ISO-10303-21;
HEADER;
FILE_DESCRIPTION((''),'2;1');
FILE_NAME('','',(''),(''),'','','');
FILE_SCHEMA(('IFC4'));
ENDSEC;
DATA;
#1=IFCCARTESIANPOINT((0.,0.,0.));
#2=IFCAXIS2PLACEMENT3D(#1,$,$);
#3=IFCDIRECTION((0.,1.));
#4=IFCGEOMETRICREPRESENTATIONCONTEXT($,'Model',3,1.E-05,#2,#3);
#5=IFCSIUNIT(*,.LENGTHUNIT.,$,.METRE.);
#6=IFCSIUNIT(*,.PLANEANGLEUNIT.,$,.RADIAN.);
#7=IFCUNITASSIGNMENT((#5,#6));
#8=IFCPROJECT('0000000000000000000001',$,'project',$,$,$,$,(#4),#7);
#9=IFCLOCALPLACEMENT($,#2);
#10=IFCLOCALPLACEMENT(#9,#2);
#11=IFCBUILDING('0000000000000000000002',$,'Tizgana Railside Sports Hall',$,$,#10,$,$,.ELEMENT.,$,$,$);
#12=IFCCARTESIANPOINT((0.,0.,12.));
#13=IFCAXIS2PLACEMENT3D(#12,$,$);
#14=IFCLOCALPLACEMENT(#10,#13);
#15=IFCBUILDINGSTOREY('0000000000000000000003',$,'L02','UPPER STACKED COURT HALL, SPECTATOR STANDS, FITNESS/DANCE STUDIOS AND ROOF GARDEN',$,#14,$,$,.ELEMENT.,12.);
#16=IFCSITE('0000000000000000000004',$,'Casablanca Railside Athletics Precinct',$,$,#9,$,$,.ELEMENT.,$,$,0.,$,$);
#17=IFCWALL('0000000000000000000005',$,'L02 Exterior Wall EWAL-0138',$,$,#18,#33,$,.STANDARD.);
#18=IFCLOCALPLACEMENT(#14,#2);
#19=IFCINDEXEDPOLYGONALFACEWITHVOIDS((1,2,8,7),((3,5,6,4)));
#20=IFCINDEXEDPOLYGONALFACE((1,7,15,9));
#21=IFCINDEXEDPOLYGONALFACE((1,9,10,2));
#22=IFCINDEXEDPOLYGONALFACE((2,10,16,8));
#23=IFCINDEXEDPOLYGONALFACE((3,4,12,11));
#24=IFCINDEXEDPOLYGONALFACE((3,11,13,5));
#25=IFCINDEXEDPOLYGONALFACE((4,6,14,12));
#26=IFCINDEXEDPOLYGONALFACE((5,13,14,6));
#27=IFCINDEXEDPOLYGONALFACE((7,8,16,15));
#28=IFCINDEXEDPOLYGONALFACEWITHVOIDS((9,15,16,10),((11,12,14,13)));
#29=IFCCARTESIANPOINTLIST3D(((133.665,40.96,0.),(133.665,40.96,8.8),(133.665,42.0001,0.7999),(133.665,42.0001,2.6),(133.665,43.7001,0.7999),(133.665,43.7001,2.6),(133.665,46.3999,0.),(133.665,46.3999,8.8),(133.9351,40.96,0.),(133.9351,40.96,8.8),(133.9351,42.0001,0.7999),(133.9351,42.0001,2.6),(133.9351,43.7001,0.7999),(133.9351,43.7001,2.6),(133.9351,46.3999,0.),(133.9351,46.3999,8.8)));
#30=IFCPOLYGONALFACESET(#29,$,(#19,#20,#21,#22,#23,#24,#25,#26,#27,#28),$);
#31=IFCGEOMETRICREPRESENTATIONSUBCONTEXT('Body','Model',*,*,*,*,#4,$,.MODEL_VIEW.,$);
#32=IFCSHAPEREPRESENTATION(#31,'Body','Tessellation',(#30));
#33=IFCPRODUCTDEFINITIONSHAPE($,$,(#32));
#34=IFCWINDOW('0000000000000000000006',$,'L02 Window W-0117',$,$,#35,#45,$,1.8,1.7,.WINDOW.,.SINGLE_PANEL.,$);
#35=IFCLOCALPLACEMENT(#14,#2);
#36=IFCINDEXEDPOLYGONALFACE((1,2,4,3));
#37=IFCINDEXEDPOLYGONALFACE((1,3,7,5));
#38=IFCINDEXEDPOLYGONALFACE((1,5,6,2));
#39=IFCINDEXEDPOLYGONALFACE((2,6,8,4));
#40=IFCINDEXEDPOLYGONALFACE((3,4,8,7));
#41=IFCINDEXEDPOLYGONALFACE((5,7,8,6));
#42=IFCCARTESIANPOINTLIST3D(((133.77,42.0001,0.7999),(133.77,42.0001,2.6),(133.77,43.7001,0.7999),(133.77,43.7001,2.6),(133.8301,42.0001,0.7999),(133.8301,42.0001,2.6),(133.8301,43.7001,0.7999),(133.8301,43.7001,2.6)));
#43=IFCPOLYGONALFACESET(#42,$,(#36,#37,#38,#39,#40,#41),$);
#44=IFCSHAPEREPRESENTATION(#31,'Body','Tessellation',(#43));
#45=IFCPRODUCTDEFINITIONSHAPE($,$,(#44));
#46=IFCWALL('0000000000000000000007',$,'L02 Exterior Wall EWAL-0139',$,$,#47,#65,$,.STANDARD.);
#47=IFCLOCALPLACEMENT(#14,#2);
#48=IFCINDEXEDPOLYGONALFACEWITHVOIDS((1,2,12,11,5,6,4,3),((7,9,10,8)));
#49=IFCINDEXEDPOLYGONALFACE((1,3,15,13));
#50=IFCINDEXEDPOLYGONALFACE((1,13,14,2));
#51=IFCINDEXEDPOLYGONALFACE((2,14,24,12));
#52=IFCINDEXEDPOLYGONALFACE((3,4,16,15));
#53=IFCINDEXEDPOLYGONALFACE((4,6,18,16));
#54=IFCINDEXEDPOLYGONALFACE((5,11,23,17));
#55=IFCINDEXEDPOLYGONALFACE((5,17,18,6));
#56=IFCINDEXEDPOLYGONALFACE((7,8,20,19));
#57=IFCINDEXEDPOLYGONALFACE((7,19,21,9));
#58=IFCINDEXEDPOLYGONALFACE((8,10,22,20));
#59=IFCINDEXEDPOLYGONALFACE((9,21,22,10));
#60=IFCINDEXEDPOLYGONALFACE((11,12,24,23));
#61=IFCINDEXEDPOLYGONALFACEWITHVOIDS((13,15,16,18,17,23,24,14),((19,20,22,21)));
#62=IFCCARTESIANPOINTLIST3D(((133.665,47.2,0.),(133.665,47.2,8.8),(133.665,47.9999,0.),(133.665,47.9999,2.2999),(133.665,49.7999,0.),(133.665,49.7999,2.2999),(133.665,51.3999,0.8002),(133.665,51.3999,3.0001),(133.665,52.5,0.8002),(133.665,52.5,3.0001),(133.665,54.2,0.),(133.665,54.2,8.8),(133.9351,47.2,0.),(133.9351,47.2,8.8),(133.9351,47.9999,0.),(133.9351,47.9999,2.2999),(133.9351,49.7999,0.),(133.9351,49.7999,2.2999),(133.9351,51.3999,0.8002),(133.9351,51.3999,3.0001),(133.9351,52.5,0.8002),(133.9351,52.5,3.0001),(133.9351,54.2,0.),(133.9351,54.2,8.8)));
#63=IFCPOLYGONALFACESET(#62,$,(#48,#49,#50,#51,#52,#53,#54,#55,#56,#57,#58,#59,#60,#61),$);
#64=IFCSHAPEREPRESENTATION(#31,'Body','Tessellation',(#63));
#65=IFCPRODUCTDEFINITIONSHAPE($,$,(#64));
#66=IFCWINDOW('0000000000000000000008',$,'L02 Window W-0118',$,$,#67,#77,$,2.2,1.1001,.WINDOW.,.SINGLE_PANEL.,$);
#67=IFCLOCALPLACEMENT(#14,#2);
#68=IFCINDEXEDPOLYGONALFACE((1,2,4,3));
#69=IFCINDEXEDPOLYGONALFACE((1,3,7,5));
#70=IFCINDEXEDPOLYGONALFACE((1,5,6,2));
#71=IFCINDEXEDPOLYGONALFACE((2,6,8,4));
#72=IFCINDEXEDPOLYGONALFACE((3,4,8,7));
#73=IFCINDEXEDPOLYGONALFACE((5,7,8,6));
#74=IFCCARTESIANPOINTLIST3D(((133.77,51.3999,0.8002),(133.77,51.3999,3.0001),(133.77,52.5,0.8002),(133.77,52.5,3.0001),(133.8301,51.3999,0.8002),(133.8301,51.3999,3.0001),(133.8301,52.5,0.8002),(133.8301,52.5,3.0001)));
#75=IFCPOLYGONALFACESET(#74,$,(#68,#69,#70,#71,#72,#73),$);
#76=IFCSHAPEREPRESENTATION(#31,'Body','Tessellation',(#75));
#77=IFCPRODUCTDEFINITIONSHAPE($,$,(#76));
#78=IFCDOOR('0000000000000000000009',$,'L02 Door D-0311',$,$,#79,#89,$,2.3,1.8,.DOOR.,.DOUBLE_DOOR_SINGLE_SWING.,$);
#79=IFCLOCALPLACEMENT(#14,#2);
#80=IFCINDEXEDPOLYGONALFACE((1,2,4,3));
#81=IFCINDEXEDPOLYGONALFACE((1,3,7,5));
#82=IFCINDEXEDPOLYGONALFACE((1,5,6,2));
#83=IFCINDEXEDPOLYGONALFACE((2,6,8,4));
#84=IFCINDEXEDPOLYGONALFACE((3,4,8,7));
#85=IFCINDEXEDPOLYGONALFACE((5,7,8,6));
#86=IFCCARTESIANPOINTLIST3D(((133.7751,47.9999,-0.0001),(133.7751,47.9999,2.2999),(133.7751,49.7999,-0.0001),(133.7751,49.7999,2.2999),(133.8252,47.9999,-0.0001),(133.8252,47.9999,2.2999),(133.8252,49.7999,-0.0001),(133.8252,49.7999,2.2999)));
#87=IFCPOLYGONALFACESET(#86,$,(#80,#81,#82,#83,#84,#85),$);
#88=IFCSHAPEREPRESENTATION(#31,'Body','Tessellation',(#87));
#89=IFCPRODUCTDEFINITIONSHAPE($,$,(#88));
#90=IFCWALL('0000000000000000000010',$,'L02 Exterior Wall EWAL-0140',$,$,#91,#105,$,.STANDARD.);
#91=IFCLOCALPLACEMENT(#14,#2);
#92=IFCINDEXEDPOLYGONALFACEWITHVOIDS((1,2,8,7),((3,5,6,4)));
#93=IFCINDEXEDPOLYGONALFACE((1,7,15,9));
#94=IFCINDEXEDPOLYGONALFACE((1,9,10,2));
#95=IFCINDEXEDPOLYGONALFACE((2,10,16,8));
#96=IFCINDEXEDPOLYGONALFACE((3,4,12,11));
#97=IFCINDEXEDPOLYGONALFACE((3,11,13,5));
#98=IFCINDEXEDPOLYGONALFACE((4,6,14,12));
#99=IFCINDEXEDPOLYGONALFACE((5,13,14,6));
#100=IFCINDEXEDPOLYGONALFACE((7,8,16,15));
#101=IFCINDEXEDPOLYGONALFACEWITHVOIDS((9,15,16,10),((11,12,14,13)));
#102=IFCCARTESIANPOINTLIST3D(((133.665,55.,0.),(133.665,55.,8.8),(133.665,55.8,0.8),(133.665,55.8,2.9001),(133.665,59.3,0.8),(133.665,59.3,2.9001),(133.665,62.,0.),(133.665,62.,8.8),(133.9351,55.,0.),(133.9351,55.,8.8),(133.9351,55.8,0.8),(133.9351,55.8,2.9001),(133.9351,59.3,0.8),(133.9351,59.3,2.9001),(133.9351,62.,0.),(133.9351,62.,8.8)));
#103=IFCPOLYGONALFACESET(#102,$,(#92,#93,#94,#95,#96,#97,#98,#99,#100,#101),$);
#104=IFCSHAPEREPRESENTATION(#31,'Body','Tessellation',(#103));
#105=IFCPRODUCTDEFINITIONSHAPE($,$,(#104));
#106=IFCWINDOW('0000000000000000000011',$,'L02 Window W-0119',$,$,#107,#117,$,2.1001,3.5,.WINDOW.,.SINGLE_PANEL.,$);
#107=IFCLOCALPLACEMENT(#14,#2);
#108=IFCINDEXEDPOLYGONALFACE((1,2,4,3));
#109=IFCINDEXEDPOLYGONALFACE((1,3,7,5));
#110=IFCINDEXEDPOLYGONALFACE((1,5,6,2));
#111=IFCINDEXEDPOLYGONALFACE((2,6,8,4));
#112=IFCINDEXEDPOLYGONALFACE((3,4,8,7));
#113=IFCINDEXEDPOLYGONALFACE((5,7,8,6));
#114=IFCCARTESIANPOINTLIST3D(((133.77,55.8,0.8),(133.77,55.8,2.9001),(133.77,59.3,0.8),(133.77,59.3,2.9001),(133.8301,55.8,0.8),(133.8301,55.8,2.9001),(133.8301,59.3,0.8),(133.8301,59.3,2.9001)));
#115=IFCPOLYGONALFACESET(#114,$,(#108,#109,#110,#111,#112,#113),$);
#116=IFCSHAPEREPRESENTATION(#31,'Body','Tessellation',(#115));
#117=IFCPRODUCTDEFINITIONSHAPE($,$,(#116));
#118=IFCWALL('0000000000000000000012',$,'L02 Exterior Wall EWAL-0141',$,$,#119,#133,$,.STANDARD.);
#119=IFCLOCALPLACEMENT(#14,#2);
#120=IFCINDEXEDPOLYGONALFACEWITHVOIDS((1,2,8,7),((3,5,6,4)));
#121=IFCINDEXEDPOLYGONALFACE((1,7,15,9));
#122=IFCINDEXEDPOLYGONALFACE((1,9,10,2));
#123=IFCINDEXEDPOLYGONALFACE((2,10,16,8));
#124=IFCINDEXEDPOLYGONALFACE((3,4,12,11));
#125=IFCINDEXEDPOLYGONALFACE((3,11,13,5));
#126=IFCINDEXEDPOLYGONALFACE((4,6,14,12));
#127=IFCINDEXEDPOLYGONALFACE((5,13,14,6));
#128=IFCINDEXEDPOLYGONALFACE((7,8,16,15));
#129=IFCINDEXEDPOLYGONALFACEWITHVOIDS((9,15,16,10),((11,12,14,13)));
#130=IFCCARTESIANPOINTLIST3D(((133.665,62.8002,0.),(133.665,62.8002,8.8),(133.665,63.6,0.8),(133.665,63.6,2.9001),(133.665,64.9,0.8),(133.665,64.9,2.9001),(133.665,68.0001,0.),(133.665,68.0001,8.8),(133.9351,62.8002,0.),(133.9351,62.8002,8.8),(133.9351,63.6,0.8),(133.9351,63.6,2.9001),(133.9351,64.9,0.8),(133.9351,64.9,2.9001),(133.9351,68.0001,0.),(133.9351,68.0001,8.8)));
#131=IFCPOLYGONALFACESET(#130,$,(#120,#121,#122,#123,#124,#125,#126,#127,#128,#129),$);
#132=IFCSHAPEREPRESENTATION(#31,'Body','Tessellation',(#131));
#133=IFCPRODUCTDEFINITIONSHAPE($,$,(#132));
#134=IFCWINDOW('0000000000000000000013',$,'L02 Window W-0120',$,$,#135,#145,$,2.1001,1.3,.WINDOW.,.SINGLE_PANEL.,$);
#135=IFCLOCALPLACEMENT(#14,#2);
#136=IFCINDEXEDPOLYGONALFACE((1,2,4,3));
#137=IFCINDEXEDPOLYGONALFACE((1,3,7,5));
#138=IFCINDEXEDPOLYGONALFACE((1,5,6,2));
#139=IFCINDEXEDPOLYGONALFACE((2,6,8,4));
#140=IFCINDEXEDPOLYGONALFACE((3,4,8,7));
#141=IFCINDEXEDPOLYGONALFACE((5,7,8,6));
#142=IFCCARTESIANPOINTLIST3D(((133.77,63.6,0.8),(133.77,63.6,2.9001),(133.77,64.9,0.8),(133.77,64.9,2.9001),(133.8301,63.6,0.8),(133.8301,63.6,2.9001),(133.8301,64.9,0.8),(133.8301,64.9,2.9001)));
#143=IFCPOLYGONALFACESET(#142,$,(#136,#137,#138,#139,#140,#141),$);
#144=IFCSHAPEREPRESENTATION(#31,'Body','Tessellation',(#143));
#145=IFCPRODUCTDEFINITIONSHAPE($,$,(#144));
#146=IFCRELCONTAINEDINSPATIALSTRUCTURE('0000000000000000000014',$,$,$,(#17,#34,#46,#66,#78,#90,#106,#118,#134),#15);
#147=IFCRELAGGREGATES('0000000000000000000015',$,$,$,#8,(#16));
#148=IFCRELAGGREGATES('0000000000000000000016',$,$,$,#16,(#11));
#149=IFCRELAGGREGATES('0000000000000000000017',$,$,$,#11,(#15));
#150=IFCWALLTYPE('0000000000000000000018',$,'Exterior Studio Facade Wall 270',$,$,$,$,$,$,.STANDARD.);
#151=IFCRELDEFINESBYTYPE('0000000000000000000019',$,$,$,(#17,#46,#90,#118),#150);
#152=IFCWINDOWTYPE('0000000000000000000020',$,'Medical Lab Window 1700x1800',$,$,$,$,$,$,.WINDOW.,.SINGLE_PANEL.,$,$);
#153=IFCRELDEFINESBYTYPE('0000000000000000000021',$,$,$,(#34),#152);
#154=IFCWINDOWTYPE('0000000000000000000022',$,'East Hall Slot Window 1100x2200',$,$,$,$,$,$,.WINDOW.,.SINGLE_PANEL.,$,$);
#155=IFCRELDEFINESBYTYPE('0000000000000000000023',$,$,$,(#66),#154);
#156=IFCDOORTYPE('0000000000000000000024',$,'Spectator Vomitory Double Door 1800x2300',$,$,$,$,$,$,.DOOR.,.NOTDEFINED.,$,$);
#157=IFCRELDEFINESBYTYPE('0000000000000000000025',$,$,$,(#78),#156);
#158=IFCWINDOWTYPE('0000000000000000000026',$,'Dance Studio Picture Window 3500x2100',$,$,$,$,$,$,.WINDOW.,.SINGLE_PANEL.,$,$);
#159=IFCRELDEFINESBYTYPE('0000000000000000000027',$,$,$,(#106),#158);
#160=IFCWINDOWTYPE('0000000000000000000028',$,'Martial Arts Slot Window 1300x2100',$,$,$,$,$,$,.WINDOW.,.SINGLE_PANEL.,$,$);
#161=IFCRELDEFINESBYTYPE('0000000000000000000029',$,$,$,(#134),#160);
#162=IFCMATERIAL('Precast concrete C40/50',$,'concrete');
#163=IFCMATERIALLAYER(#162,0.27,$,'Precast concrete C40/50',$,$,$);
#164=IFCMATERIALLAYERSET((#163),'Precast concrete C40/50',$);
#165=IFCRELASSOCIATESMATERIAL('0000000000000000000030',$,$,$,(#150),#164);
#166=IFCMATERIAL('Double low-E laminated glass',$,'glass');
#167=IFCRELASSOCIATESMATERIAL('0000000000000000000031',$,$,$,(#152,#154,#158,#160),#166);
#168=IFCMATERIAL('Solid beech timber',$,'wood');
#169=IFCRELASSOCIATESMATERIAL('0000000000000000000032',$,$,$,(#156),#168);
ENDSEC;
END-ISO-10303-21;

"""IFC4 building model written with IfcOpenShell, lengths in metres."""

from ifc_helpers import new_model, si_unit, direction, frame, frame_2d, origin, place, context, subcontext, project, spatial, rectangle, extrude, material, layer, layer_set, type_object, element, fill, save


model = new_model("IFC4")

# Units and contexts
model_context = context("Model", 3, precision=1e-05, world=origin(), true_north=direction((0.0, 1.0)))
body_context = subcontext(model_context, "Body", "Model", "MODEL_VIEW")
ifc_project = project(units=[si_unit("LENGTHUNIT", "METRE"), si_unit("PLANEANGLEUNIT", "RADIAN")], contexts=[model_context])

# Site, building, storey
site_placement = place(None, origin())
site = spatial("IfcSite", under=ifc_project, at=site_placement, Name="Casablanca Railside Athletics Precinct", CompositionType="ELEMENT", RefElevation=0.0)
building_placement = place(site_placement, origin())
building = spatial("IfcBuilding", under=site, at=building_placement, Name="Tizgana Railside Sports Hall", CompositionType="ELEMENT")
storey_placement = place(building_placement, frame((0.0, 0.0, 12.0)))
storey = spatial("IfcBuildingStorey", under=building, at=storey_placement, Name="L02", Description="UPPER STACKED COURT HALL, SPECTATOR STANDS, FITNESS/DANCE STUDIOS AND ROOF GARDEN", CompositionType="ELEMENT", Elevation=12.0)

# Shared definitions
ifc_material_1 = material(Name="Precast concrete C40/50", Category="concrete")

# Wall, opening, window
ifc_layer_1 = layer(ifc_material_1, 0.27, Name="Precast concrete C40/50")
ifc_layer_set_1 = layer_set([ifc_layer_1], Name="Precast concrete C40/50")
wall_type_1 = type_object("IfcWallType", Name="Exterior Studio Facade Wall 270", PredefinedType="STANDARD", material=ifc_layer_set_1)
wall_1_placement = place(storey_placement, frame((133.8, 40.96, 0.0), z_axis=(0.0, 0.0, 1.0), x_axis=(0.0, 1.0, 0.0)))
wall_1 = element("IfcWall", 1, at=wall_1_placement, inside=storey, type_object=wall_type_1, Name="L02 Exterior Wall EWAL-0138", PredefinedType="STANDARD", context=body_context, shape_type="SweptSolid", body=[
    extrude(rectangle(XDim=5.4399, YDim=0.27, at=frame_2d((2.72, 0.0))), origin(), (0.0, 0.0, 1.0), 8.8),
])
opening_1_placement = place(wall_1_placement, frame((1.04, 0.0, 0.8)))
opening_1 = element("IfcOpeningElement", 2, at=opening_1_placement, cuts=wall_1, PredefinedType="OPENING", context=body_context, shape_type="SweptSolid", body=[
    extrude(rectangle(XDim=1.7, YDim=1.8, at=frame_2d((0.8501, 0.8999))), frame((0.0, 0.145, 0.0), z_axis=(0.0, -1.0, 0.0), x_axis=(1.0, 0.0, 0.0)), (0.0, 0.0, 1.0), 0.29),
])
ifc_material_2 = material(Name="Double low-E laminated glass", Category="glass")
window_type_1 = type_object("IfcWindowType", Name="Medical Lab Window 1700x1800", PartitioningType="SINGLE_PANEL", PredefinedType="WINDOW", material=ifc_material_2)
window_1_placement = place(opening_1_placement, origin())
window_1 = element("IfcWindow", 3, at=window_1_placement, inside=storey, type_object=window_type_1, Name="L02 Window W-0117", OverallHeight=1.8, OverallWidth=1.7, PartitioningType="SINGLE_PANEL", PredefinedType="WINDOW", context=body_context, shape_type="SweptSolid", body=[
    extrude(rectangle(XDim=1.7, YDim=1.8, at=frame_2d((0.8501, 0.8999))), frame((0.0, 0.03, 0.0), z_axis=(0.0, -1.0, 0.0), x_axis=(1.0, 0.0, 0.0)), (0.0, 0.0, 1.0), 0.0601),
])
fill(opening_1, window_1)

# Wall, openings, window, door
wall_2_placement = place(storey_placement, frame((133.8, 47.2, 0.0), z_axis=(0.0, 0.0, 1.0), x_axis=(0.0, 1.0, 0.0)))
wall_2 = element("IfcWall", 4, at=wall_2_placement, inside=storey, type_object=wall_type_1, Name="L02 Exterior Wall EWAL-0139", PredefinedType="STANDARD", context=body_context, shape_type="SweptSolid", body=[
    extrude(rectangle(XDim=7.0, YDim=0.27, at=frame_2d((3.5, 0.0))), origin(), (0.0, 0.0, 1.0), 8.8),
])
opening_2_placement = place(wall_2_placement, frame((4.2, 0.0, 0.8)))
opening_2 = element("IfcOpeningElement", 5, at=opening_2_placement, cuts=wall_2, PredefinedType="OPENING", context=body_context, shape_type="SweptSolid", body=[
    extrude(rectangle(XDim=1.1001, YDim=2.2, at=frame_2d((0.55, 1.1001))), frame((0.0, 0.145, 0.0), z_axis=(0.0, -1.0, 0.0), x_axis=(1.0, 0.0, 0.0)), (0.0, 0.0, 1.0), 0.29),
])
opening_3_placement = place(wall_2_placement, frame((0.8, 0.0, 0.0)))
opening_3 = element("IfcOpeningElement", 6, at=opening_3_placement, cuts=wall_2, PredefinedType="OPENING", context=body_context, shape_type="SweptSolid", body=[
    extrude(rectangle(XDim=1.8, YDim=2.3, at=frame_2d((0.8999, 1.1499))), frame((0.0, 0.145, 0.0), z_axis=(0.0, -1.0, 0.0), x_axis=(1.0, 0.0, 0.0)), (0.0, 0.0, 1.0), 0.29),
])
window_type_2 = type_object("IfcWindowType", Name="East Hall Slot Window 1100x2200", PartitioningType="SINGLE_PANEL", PredefinedType="WINDOW", material=ifc_material_2)
window_2_placement = place(opening_2_placement, origin())
window_2 = element("IfcWindow", 7, at=window_2_placement, inside=storey, type_object=window_type_2, Name="L02 Window W-0118", OverallHeight=2.2, OverallWidth=1.1001, PartitioningType="SINGLE_PANEL", PredefinedType="WINDOW", context=body_context, shape_type="SweptSolid", body=[
    extrude(rectangle(XDim=1.1001, YDim=2.2, at=frame_2d((0.55, 1.1001))), frame((0.0, 0.03, 0.0), z_axis=(0.0, -1.0, 0.0), x_axis=(1.0, 0.0, 0.0)), (0.0, 0.0, 1.0), 0.0601),
])
fill(opening_2, window_2)
ifc_material_3 = material(Name="Solid beech timber", Category="wood")
door_type = type_object("IfcDoorType", Name="Spectator Vomitory Double Door 1800x2300", OperationType="NOTDEFINED", PredefinedType="DOOR", material=ifc_material_3)
door_placement = place(opening_3_placement, origin())
door = element("IfcDoor", 8, at=door_placement, inside=storey, type_object=door_type, Name="L02 Door D-0311", OperationType="DOUBLE_DOOR_SINGLE_SWING", OverallHeight=2.3, OverallWidth=1.8, PredefinedType="DOOR", context=body_context, shape_type="SweptSolid", body=[
    extrude(rectangle(XDim=1.8, YDim=2.3, at=frame_2d((0.8999, 1.1499))), frame((0.0, 0.0249, 0.0), z_axis=(0.0, -1.0, 0.0), x_axis=(1.0, 0.0, 0.0)), (0.0, 0.0, 1.0), 0.05),
])
fill(opening_3, door)

# Walls, openings, windows
wall_3_placement = place(storey_placement, frame((133.8, 55.0, 0.0), z_axis=(0.0, 0.0, 1.0), x_axis=(0.0, 1.0, 0.0)))
wall_3 = element("IfcWall", 9, at=wall_3_placement, inside=storey, type_object=wall_type_1, Name="L02 Exterior Wall EWAL-0140", PredefinedType="STANDARD", context=body_context, shape_type="SweptSolid", body=[
    extrude(rectangle(XDim=7.0, YDim=0.27, at=frame_2d((3.5, 0.0))), origin(), (0.0, 0.0, 1.0), 8.8),
])
opening_4_placement = place(wall_3_placement, frame((0.8, 0.0, 0.8)))
opening_4 = element("IfcOpeningElement", 10, at=opening_4_placement, cuts=wall_3, PredefinedType="OPENING", context=body_context, shape_type="SweptSolid", body=[
    extrude(rectangle(XDim=3.5, YDim=2.1001, at=frame_2d((1.75, 1.05))), frame((0.0, 0.145, 0.0), z_axis=(0.0, -1.0, 0.0), x_axis=(1.0, 0.0, 0.0)), (0.0, 0.0, 1.0), 0.29),
])
window_type_3 = type_object("IfcWindowType", Name="Dance Studio Picture Window 3500x2100", PartitioningType="SINGLE_PANEL", PredefinedType="WINDOW", material=ifc_material_2)
window_3_placement = place(opening_4_placement, origin())
window_3 = element("IfcWindow", 11, at=window_3_placement, inside=storey, type_object=window_type_3, Name="L02 Window W-0119", OverallHeight=2.1001, OverallWidth=3.5, PartitioningType="SINGLE_PANEL", PredefinedType="WINDOW", context=body_context, shape_type="SweptSolid", body=[
    extrude(rectangle(XDim=3.5, YDim=2.1001, at=frame_2d((1.75, 1.05))), frame((0.0, 0.03, 0.0), z_axis=(0.0, -1.0, 0.0), x_axis=(1.0, 0.0, 0.0)), (0.0, 0.0, 1.0), 0.0601),
])
fill(opening_4, window_3)
wall_4_placement = place(storey_placement, frame((133.8, 62.8, 0.0), z_axis=(0.0, 0.0, 1.0), x_axis=(0.0, 1.0, 0.0)))
wall_4 = element("IfcWall", 12, at=wall_4_placement, inside=storey, type_object=wall_type_1, Name="L02 Exterior Wall EWAL-0141", PredefinedType="STANDARD", context=body_context, shape_type="SweptSolid", body=[
    extrude(rectangle(XDim=5.2, YDim=0.27, at=frame_2d((2.6001, 0.0))), origin(), (0.0, 0.0, 1.0), 8.8),
])
opening_5_placement = place(wall_4_placement, frame((0.8, 0.0, 0.8)))
opening_5 = element("IfcOpeningElement", 13, at=opening_5_placement, cuts=wall_4, PredefinedType="OPENING", context=body_context, shape_type="SweptSolid", body=[
    extrude(rectangle(XDim=1.3, YDim=2.1001, at=frame_2d((0.6499, 1.05))), frame((0.0, 0.145, 0.0), z_axis=(0.0, -1.0, 0.0), x_axis=(1.0, 0.0, 0.0)), (0.0, 0.0, 1.0), 0.29),
])
window_type_4 = type_object("IfcWindowType", Name="Martial Arts Slot Window 1300x2100", PartitioningType="SINGLE_PANEL", PredefinedType="WINDOW", material=ifc_material_2)
window_4_placement = place(opening_5_placement, origin())
window_4 = element("IfcWindow", 14, at=window_4_placement, inside=storey, type_object=window_type_4, Name="L02 Window W-0120", OverallHeight=2.1001, OverallWidth=1.3, PartitioningType="SINGLE_PANEL", PredefinedType="WINDOW", context=body_context, shape_type="SweptSolid", body=[
    extrude(rectangle(XDim=1.3, YDim=2.1001, at=frame_2d((0.6499, 1.05))), frame((0.0, 0.03, 0.0), z_axis=(0.0, -1.0, 0.0), x_axis=(1.0, 0.0, 0.0)), (0.0, 0.0, 1.0), 0.0601),
])
fill(opening_5, window_4)

save(model, "model.ifc")
